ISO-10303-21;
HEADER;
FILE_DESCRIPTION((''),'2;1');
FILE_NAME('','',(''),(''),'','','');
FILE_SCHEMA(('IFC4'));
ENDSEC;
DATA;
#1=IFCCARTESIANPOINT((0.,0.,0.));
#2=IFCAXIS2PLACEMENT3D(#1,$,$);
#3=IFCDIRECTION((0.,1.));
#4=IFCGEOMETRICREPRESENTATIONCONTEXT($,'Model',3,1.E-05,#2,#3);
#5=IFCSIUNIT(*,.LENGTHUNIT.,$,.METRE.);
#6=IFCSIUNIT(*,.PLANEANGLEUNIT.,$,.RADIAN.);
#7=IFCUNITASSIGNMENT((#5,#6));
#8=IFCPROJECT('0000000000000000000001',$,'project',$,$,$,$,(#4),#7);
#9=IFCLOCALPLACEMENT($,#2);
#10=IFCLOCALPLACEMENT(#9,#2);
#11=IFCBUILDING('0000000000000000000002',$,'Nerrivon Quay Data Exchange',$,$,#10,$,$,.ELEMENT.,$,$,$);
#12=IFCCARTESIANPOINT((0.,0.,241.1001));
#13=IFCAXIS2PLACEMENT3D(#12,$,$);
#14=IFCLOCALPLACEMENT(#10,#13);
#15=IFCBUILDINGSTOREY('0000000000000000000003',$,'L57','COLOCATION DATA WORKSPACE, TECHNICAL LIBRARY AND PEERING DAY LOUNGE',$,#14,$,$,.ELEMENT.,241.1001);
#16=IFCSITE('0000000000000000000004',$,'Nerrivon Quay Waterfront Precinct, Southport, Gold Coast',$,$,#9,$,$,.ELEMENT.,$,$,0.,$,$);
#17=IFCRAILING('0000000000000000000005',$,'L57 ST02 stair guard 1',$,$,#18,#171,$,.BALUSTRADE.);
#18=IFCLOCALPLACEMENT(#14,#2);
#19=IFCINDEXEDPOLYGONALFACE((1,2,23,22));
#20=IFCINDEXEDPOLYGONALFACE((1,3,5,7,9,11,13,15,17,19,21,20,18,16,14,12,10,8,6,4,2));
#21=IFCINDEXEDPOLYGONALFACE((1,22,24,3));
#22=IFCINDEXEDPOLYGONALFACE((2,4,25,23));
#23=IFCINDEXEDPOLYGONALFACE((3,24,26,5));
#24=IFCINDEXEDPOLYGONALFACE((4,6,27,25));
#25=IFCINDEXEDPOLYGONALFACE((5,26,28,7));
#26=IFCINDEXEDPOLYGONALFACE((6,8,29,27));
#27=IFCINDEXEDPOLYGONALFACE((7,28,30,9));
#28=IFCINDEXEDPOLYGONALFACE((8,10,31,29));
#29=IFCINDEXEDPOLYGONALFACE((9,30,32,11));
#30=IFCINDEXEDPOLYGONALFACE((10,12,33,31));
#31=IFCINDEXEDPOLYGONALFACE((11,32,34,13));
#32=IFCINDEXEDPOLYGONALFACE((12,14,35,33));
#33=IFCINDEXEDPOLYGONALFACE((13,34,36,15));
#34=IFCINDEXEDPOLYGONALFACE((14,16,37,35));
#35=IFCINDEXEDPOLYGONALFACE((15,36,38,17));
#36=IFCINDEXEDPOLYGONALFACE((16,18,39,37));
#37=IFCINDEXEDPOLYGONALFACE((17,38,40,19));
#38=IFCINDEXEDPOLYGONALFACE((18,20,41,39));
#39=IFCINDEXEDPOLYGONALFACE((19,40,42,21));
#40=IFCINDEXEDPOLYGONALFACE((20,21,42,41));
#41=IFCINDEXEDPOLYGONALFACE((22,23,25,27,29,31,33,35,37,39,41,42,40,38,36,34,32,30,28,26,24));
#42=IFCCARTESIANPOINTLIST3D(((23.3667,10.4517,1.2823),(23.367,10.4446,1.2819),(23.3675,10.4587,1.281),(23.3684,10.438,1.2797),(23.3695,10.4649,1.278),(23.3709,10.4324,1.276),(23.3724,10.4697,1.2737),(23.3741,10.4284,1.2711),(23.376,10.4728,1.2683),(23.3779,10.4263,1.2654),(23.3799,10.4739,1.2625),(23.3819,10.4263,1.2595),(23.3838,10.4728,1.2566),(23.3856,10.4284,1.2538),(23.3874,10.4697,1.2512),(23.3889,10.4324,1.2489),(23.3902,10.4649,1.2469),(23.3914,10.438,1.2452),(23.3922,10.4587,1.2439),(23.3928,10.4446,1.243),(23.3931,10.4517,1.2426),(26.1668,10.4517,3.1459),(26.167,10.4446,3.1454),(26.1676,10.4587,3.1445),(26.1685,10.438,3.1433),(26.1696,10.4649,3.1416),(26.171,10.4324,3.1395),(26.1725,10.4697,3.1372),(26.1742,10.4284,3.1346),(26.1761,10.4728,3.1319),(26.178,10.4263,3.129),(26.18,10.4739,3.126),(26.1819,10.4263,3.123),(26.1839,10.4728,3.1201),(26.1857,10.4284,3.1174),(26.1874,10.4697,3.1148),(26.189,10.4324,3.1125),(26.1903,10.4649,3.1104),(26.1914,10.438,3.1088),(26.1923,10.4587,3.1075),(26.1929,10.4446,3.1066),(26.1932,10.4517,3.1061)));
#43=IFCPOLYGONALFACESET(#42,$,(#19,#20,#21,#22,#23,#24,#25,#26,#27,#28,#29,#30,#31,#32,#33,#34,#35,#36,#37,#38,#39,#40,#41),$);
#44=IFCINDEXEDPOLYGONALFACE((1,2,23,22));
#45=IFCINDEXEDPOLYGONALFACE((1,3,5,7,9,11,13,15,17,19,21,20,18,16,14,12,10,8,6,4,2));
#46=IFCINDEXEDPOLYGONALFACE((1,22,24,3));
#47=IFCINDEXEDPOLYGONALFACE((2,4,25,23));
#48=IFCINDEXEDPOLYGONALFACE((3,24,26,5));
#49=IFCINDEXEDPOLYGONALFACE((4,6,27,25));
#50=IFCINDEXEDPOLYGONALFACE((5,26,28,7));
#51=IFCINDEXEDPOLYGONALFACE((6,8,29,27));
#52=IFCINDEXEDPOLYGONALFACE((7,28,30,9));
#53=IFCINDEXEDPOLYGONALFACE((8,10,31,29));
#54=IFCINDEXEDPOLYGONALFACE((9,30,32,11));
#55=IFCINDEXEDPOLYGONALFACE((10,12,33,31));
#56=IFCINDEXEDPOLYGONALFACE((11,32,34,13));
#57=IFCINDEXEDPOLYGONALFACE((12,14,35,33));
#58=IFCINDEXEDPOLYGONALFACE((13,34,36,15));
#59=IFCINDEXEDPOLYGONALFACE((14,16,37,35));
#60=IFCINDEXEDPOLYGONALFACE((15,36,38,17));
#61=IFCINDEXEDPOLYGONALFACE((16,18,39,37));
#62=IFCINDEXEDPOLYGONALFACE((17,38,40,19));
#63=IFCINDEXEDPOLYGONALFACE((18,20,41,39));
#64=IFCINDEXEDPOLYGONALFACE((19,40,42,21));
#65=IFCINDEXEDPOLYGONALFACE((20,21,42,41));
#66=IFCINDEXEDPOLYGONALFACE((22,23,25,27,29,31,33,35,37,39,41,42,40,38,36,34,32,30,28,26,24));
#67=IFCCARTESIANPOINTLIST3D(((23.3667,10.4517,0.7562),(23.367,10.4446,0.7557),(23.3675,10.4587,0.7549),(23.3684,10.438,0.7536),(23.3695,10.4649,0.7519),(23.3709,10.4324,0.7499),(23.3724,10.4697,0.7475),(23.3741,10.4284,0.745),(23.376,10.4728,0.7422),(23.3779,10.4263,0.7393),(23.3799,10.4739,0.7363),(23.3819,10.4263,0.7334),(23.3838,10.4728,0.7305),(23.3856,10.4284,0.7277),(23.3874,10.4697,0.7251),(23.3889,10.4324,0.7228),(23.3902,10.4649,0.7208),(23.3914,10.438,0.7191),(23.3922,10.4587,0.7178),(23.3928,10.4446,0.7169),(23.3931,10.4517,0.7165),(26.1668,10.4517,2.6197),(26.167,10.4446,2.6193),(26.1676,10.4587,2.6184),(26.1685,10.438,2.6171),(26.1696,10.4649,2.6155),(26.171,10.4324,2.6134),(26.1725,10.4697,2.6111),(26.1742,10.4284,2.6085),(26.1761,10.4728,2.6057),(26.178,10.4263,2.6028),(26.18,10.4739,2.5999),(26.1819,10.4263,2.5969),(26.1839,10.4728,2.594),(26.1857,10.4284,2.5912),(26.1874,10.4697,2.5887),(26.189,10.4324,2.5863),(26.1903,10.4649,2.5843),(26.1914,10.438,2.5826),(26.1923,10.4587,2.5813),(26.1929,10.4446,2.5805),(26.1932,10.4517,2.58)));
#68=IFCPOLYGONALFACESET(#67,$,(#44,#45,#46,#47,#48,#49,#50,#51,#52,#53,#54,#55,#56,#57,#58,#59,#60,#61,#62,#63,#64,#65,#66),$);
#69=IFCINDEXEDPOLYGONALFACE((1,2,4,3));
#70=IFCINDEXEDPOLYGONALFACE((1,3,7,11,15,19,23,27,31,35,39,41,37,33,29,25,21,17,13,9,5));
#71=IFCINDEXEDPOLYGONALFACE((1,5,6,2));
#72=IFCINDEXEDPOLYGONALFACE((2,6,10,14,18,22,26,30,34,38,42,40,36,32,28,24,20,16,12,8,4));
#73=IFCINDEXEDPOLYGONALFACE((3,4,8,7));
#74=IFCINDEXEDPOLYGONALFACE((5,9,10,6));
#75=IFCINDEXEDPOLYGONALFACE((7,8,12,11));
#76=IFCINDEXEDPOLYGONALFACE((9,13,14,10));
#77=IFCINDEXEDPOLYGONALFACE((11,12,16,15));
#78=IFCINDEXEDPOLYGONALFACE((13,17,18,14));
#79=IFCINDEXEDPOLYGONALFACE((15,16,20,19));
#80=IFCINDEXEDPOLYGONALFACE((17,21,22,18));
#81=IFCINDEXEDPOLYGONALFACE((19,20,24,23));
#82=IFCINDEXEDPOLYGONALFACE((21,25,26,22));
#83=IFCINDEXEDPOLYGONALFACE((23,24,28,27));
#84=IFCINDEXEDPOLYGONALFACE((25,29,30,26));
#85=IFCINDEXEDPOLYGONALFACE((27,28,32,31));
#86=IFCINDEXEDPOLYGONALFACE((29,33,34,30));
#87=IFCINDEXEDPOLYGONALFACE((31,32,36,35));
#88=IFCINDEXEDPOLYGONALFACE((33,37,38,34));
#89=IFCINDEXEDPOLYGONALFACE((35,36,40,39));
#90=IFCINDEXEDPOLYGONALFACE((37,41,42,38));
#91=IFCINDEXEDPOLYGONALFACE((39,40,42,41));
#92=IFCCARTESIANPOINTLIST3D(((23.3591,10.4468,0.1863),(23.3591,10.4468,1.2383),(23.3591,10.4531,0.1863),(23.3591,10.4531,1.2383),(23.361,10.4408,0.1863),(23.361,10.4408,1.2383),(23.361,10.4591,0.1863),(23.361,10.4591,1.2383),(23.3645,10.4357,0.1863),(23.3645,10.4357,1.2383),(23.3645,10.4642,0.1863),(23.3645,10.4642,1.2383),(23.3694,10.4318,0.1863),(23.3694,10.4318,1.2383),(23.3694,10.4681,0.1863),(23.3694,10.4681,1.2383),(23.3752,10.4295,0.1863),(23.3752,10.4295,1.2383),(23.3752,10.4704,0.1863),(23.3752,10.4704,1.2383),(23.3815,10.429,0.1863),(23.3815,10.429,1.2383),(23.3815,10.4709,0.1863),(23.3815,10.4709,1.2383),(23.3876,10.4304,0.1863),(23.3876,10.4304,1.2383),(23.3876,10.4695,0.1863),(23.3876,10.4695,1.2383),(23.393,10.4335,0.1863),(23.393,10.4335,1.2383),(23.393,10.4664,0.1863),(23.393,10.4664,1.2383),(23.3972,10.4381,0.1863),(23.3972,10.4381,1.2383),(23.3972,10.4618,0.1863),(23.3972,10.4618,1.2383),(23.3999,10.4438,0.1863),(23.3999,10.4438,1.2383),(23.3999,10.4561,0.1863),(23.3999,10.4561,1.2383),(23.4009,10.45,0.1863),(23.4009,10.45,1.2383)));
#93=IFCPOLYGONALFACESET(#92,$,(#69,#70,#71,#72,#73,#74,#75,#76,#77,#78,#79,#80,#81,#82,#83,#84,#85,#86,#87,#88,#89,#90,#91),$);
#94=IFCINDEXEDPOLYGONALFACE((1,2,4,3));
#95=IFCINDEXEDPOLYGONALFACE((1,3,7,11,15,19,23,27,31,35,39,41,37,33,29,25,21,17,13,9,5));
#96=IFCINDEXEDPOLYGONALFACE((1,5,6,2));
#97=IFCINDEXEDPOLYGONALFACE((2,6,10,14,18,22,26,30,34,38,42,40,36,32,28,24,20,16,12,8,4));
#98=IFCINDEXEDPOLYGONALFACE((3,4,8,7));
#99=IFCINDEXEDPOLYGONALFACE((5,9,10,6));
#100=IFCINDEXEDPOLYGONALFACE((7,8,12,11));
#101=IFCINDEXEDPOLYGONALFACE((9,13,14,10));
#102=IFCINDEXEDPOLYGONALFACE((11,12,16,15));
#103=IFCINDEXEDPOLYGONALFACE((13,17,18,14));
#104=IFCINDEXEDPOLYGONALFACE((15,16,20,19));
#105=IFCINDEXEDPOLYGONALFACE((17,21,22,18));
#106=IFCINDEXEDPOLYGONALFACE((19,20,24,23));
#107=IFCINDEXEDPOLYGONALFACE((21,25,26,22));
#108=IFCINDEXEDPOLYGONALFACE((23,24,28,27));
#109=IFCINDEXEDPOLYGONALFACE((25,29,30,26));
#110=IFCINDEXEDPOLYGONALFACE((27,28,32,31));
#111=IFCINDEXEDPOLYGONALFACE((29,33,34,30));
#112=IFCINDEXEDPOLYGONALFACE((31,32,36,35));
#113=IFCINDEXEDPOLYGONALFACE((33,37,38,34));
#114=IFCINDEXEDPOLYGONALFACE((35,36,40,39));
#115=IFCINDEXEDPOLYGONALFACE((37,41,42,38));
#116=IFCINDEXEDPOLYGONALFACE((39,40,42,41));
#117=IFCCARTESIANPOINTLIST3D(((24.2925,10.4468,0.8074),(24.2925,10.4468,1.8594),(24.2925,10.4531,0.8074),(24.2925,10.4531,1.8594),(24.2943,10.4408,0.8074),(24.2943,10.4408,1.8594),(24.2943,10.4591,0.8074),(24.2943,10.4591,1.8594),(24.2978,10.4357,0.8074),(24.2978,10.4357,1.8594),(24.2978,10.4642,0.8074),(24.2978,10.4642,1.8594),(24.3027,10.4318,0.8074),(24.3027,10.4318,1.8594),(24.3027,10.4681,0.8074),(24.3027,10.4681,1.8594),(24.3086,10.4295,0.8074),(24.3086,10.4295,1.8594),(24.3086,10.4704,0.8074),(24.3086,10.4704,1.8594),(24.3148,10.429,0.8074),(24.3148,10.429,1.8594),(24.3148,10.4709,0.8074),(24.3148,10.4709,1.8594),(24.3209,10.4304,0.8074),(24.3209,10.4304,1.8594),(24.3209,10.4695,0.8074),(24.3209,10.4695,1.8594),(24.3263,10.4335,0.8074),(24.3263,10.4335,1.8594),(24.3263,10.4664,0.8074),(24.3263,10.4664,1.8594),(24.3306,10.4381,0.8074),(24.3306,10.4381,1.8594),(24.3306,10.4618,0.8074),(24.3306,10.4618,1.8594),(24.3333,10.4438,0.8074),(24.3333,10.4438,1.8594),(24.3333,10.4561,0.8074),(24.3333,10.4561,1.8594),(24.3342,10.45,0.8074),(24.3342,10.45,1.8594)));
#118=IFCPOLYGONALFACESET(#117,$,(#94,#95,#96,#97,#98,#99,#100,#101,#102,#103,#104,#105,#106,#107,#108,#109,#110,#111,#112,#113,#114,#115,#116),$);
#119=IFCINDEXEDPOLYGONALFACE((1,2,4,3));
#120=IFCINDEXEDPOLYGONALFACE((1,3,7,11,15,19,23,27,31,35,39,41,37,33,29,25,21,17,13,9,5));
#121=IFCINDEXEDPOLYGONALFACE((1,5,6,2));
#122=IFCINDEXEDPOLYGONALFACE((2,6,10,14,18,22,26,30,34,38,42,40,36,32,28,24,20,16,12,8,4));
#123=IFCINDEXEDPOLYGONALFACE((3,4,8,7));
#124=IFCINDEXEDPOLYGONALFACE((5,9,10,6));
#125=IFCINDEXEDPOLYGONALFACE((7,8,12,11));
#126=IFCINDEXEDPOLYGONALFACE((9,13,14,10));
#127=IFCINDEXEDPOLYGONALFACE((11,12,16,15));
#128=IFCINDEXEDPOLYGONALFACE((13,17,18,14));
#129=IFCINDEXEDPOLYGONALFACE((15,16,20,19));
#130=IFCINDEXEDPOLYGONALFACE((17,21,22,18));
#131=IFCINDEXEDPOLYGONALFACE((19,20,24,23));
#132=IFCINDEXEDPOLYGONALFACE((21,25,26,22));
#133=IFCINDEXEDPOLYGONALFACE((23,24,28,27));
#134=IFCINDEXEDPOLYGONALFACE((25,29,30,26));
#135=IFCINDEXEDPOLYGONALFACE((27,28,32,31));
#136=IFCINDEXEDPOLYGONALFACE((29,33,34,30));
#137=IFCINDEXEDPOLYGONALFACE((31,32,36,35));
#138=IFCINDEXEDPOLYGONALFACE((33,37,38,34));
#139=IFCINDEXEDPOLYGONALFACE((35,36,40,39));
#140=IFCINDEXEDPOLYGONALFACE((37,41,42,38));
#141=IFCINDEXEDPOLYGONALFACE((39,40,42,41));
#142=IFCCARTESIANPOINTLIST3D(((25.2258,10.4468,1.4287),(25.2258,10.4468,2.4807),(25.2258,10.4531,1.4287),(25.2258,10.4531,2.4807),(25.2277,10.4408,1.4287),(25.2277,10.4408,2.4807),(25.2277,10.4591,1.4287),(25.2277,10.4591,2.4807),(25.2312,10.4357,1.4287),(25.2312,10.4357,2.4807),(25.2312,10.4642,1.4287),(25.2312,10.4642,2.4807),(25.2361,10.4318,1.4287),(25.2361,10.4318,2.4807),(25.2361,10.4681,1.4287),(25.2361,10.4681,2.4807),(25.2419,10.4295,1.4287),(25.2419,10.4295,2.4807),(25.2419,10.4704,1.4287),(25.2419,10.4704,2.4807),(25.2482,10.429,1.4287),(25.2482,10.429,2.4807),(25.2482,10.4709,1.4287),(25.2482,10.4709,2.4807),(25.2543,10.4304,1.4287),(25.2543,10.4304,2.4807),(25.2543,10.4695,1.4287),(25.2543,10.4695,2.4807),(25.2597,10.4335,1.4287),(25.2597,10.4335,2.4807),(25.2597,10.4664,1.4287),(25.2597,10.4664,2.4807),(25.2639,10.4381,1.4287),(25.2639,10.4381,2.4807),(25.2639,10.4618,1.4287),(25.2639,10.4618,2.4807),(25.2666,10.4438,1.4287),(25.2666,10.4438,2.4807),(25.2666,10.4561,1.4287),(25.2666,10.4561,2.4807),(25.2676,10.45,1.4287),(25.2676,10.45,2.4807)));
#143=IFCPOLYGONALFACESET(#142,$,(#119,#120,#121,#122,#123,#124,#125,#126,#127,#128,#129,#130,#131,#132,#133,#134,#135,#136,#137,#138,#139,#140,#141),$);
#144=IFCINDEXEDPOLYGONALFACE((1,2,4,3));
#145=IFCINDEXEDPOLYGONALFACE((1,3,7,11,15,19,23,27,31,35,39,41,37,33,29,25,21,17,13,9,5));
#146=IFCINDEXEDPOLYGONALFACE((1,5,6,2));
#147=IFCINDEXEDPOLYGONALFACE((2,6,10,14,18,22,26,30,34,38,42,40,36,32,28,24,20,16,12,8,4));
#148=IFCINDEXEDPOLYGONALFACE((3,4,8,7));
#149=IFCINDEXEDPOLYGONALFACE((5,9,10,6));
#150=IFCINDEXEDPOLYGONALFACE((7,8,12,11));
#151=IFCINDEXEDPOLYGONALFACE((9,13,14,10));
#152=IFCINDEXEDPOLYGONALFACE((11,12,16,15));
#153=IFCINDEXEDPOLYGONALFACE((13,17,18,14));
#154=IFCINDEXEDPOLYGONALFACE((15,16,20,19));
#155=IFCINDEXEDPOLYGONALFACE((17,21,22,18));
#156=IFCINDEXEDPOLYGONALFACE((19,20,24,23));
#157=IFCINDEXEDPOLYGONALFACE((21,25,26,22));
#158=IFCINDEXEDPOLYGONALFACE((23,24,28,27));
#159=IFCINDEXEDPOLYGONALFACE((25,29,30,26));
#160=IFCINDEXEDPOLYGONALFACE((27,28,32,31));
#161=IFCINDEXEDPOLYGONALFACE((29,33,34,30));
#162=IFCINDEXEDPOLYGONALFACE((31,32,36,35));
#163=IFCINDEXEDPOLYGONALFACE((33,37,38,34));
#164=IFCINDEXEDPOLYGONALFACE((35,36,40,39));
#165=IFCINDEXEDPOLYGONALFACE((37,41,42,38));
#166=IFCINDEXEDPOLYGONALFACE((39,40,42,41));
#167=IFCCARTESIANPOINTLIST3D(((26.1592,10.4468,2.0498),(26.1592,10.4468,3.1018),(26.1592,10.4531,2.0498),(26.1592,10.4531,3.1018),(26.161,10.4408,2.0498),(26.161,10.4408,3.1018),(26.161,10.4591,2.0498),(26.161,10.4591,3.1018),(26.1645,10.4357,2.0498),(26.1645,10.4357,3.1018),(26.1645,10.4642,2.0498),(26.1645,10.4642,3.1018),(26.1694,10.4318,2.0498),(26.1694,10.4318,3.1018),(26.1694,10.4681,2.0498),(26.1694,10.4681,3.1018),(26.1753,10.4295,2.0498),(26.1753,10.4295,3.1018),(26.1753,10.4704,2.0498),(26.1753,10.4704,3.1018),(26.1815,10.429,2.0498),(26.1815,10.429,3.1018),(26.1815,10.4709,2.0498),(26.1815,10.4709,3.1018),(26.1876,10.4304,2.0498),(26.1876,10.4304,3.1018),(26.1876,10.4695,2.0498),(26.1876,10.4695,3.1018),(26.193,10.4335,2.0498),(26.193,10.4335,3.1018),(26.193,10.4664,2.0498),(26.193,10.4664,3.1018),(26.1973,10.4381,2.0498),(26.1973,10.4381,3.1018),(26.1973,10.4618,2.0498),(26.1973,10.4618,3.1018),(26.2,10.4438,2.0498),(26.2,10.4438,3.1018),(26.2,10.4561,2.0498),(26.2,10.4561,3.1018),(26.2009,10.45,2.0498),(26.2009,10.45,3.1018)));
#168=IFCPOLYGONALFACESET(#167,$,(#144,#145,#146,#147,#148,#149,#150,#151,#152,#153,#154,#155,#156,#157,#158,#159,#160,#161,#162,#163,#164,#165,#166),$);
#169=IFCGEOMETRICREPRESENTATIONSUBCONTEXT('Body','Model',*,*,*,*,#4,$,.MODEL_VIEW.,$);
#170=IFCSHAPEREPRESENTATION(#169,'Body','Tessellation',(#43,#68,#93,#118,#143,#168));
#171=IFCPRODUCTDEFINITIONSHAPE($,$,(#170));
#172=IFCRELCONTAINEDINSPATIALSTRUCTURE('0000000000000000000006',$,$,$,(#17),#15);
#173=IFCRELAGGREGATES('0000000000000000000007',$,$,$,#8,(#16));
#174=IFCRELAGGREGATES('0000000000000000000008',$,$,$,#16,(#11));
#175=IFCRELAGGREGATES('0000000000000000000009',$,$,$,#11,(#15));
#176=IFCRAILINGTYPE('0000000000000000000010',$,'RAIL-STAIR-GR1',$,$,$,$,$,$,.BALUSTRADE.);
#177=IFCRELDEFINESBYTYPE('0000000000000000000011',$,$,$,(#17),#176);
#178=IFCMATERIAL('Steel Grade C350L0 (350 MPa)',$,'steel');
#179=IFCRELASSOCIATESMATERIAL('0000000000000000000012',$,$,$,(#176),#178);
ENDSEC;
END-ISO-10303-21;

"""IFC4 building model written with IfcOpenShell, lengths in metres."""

from ifc_helpers import new_model, si_unit, direction, frame, origin, origin_2d, place, context, subcontext, project, spatial, circle, extrude, material, type_object, element, save


model = new_model("IFC4")

# Units and contexts
model_context = context("Model", 3, precision=1e-05, world=origin(), true_north=direction((0.0, 1.0)))
body_context = subcontext(model_context, "Body", "Model", "MODEL_VIEW")
ifc_project = project(units=[si_unit("LENGTHUNIT", "METRE"), si_unit("PLANEANGLEUNIT", "RADIAN")], contexts=[model_context])

# Site, building, storey
site_placement = place(None, origin())
site = spatial("IfcSite", under=ifc_project, at=site_placement, Name="Nerrivon Quay Waterfront Precinct, Southport, Gold Coast", CompositionType="ELEMENT", RefElevation=0.0)
building_placement = place(site_placement, origin())
building = spatial("IfcBuilding", under=site, at=building_placement, Name="Nerrivon Quay Data Exchange", CompositionType="ELEMENT")
storey_placement = place(building_placement, frame((0.0, 0.0, 241.1001)))
storey = spatial("IfcBuildingStorey", under=building, at=storey_placement, Name="L57", Description="COLOCATION DATA WORKSPACE, TECHNICAL LIBRARY AND PEERING DAY LOUNGE", CompositionType="ELEMENT", Elevation=241.1001)

# Railing
ifc_material_1 = material(Name="Steel Grade C350L0 (350 MPa)", Category="steel")
railing_type_1 = type_object("IfcRailingType", Name="RAIL-STAIR-GR1", PredefinedType="BALUSTRADE", material=ifc_material_1)
railing_1_placement = place(storey_placement, frame((23.3799, 10.45, 0.1863)))
element("IfcRailing", 1, at=railing_1_placement, inside=storey, type_object=railing_type_1, Name="L57 ST02 stair guard 1", PredefinedType="BALUSTRADE", context=body_context, shape_type="SweptSolid", body=[
    extrude(circle(Radius=0.0239, at=origin_2d()), frame((0.0, 0.0, 1.0762), z_axis=(0.832486, 0.0, 0.554047), x_axis=(0.0, 1.0, 0.0)), (0.0, 0.0, 1.0), 3.3635),
    extrude(circle(Radius=0.0239, at=origin_2d()), frame((0.0, 0.0, 0.55), z_axis=(0.832486, 0.0, 0.554047), x_axis=(0.0, 1.0, 0.0)), (0.0, 0.0, 1.0), 3.3635),
    extrude(circle(Radius=0.021, at=origin_2d()), origin(), (0.0, 0.0, 1.0), 1.052),
    extrude(circle(Radius=0.021, at=origin_2d()), frame((0.9333, 0.0, 0.6211)), (0.0, 0.0, 1.0), 1.052),
    extrude(circle(Radius=0.021, at=origin_2d()), frame((1.8667, 0.0, 1.2424)), (0.0, 0.0, 1.0), 1.052),
    extrude(circle(Radius=0.021, at=origin_2d()), frame((2.8, 0.0, 1.8635)), (0.0, 0.0, 1.0), 1.052),
])

save(model, "model.ifc")
